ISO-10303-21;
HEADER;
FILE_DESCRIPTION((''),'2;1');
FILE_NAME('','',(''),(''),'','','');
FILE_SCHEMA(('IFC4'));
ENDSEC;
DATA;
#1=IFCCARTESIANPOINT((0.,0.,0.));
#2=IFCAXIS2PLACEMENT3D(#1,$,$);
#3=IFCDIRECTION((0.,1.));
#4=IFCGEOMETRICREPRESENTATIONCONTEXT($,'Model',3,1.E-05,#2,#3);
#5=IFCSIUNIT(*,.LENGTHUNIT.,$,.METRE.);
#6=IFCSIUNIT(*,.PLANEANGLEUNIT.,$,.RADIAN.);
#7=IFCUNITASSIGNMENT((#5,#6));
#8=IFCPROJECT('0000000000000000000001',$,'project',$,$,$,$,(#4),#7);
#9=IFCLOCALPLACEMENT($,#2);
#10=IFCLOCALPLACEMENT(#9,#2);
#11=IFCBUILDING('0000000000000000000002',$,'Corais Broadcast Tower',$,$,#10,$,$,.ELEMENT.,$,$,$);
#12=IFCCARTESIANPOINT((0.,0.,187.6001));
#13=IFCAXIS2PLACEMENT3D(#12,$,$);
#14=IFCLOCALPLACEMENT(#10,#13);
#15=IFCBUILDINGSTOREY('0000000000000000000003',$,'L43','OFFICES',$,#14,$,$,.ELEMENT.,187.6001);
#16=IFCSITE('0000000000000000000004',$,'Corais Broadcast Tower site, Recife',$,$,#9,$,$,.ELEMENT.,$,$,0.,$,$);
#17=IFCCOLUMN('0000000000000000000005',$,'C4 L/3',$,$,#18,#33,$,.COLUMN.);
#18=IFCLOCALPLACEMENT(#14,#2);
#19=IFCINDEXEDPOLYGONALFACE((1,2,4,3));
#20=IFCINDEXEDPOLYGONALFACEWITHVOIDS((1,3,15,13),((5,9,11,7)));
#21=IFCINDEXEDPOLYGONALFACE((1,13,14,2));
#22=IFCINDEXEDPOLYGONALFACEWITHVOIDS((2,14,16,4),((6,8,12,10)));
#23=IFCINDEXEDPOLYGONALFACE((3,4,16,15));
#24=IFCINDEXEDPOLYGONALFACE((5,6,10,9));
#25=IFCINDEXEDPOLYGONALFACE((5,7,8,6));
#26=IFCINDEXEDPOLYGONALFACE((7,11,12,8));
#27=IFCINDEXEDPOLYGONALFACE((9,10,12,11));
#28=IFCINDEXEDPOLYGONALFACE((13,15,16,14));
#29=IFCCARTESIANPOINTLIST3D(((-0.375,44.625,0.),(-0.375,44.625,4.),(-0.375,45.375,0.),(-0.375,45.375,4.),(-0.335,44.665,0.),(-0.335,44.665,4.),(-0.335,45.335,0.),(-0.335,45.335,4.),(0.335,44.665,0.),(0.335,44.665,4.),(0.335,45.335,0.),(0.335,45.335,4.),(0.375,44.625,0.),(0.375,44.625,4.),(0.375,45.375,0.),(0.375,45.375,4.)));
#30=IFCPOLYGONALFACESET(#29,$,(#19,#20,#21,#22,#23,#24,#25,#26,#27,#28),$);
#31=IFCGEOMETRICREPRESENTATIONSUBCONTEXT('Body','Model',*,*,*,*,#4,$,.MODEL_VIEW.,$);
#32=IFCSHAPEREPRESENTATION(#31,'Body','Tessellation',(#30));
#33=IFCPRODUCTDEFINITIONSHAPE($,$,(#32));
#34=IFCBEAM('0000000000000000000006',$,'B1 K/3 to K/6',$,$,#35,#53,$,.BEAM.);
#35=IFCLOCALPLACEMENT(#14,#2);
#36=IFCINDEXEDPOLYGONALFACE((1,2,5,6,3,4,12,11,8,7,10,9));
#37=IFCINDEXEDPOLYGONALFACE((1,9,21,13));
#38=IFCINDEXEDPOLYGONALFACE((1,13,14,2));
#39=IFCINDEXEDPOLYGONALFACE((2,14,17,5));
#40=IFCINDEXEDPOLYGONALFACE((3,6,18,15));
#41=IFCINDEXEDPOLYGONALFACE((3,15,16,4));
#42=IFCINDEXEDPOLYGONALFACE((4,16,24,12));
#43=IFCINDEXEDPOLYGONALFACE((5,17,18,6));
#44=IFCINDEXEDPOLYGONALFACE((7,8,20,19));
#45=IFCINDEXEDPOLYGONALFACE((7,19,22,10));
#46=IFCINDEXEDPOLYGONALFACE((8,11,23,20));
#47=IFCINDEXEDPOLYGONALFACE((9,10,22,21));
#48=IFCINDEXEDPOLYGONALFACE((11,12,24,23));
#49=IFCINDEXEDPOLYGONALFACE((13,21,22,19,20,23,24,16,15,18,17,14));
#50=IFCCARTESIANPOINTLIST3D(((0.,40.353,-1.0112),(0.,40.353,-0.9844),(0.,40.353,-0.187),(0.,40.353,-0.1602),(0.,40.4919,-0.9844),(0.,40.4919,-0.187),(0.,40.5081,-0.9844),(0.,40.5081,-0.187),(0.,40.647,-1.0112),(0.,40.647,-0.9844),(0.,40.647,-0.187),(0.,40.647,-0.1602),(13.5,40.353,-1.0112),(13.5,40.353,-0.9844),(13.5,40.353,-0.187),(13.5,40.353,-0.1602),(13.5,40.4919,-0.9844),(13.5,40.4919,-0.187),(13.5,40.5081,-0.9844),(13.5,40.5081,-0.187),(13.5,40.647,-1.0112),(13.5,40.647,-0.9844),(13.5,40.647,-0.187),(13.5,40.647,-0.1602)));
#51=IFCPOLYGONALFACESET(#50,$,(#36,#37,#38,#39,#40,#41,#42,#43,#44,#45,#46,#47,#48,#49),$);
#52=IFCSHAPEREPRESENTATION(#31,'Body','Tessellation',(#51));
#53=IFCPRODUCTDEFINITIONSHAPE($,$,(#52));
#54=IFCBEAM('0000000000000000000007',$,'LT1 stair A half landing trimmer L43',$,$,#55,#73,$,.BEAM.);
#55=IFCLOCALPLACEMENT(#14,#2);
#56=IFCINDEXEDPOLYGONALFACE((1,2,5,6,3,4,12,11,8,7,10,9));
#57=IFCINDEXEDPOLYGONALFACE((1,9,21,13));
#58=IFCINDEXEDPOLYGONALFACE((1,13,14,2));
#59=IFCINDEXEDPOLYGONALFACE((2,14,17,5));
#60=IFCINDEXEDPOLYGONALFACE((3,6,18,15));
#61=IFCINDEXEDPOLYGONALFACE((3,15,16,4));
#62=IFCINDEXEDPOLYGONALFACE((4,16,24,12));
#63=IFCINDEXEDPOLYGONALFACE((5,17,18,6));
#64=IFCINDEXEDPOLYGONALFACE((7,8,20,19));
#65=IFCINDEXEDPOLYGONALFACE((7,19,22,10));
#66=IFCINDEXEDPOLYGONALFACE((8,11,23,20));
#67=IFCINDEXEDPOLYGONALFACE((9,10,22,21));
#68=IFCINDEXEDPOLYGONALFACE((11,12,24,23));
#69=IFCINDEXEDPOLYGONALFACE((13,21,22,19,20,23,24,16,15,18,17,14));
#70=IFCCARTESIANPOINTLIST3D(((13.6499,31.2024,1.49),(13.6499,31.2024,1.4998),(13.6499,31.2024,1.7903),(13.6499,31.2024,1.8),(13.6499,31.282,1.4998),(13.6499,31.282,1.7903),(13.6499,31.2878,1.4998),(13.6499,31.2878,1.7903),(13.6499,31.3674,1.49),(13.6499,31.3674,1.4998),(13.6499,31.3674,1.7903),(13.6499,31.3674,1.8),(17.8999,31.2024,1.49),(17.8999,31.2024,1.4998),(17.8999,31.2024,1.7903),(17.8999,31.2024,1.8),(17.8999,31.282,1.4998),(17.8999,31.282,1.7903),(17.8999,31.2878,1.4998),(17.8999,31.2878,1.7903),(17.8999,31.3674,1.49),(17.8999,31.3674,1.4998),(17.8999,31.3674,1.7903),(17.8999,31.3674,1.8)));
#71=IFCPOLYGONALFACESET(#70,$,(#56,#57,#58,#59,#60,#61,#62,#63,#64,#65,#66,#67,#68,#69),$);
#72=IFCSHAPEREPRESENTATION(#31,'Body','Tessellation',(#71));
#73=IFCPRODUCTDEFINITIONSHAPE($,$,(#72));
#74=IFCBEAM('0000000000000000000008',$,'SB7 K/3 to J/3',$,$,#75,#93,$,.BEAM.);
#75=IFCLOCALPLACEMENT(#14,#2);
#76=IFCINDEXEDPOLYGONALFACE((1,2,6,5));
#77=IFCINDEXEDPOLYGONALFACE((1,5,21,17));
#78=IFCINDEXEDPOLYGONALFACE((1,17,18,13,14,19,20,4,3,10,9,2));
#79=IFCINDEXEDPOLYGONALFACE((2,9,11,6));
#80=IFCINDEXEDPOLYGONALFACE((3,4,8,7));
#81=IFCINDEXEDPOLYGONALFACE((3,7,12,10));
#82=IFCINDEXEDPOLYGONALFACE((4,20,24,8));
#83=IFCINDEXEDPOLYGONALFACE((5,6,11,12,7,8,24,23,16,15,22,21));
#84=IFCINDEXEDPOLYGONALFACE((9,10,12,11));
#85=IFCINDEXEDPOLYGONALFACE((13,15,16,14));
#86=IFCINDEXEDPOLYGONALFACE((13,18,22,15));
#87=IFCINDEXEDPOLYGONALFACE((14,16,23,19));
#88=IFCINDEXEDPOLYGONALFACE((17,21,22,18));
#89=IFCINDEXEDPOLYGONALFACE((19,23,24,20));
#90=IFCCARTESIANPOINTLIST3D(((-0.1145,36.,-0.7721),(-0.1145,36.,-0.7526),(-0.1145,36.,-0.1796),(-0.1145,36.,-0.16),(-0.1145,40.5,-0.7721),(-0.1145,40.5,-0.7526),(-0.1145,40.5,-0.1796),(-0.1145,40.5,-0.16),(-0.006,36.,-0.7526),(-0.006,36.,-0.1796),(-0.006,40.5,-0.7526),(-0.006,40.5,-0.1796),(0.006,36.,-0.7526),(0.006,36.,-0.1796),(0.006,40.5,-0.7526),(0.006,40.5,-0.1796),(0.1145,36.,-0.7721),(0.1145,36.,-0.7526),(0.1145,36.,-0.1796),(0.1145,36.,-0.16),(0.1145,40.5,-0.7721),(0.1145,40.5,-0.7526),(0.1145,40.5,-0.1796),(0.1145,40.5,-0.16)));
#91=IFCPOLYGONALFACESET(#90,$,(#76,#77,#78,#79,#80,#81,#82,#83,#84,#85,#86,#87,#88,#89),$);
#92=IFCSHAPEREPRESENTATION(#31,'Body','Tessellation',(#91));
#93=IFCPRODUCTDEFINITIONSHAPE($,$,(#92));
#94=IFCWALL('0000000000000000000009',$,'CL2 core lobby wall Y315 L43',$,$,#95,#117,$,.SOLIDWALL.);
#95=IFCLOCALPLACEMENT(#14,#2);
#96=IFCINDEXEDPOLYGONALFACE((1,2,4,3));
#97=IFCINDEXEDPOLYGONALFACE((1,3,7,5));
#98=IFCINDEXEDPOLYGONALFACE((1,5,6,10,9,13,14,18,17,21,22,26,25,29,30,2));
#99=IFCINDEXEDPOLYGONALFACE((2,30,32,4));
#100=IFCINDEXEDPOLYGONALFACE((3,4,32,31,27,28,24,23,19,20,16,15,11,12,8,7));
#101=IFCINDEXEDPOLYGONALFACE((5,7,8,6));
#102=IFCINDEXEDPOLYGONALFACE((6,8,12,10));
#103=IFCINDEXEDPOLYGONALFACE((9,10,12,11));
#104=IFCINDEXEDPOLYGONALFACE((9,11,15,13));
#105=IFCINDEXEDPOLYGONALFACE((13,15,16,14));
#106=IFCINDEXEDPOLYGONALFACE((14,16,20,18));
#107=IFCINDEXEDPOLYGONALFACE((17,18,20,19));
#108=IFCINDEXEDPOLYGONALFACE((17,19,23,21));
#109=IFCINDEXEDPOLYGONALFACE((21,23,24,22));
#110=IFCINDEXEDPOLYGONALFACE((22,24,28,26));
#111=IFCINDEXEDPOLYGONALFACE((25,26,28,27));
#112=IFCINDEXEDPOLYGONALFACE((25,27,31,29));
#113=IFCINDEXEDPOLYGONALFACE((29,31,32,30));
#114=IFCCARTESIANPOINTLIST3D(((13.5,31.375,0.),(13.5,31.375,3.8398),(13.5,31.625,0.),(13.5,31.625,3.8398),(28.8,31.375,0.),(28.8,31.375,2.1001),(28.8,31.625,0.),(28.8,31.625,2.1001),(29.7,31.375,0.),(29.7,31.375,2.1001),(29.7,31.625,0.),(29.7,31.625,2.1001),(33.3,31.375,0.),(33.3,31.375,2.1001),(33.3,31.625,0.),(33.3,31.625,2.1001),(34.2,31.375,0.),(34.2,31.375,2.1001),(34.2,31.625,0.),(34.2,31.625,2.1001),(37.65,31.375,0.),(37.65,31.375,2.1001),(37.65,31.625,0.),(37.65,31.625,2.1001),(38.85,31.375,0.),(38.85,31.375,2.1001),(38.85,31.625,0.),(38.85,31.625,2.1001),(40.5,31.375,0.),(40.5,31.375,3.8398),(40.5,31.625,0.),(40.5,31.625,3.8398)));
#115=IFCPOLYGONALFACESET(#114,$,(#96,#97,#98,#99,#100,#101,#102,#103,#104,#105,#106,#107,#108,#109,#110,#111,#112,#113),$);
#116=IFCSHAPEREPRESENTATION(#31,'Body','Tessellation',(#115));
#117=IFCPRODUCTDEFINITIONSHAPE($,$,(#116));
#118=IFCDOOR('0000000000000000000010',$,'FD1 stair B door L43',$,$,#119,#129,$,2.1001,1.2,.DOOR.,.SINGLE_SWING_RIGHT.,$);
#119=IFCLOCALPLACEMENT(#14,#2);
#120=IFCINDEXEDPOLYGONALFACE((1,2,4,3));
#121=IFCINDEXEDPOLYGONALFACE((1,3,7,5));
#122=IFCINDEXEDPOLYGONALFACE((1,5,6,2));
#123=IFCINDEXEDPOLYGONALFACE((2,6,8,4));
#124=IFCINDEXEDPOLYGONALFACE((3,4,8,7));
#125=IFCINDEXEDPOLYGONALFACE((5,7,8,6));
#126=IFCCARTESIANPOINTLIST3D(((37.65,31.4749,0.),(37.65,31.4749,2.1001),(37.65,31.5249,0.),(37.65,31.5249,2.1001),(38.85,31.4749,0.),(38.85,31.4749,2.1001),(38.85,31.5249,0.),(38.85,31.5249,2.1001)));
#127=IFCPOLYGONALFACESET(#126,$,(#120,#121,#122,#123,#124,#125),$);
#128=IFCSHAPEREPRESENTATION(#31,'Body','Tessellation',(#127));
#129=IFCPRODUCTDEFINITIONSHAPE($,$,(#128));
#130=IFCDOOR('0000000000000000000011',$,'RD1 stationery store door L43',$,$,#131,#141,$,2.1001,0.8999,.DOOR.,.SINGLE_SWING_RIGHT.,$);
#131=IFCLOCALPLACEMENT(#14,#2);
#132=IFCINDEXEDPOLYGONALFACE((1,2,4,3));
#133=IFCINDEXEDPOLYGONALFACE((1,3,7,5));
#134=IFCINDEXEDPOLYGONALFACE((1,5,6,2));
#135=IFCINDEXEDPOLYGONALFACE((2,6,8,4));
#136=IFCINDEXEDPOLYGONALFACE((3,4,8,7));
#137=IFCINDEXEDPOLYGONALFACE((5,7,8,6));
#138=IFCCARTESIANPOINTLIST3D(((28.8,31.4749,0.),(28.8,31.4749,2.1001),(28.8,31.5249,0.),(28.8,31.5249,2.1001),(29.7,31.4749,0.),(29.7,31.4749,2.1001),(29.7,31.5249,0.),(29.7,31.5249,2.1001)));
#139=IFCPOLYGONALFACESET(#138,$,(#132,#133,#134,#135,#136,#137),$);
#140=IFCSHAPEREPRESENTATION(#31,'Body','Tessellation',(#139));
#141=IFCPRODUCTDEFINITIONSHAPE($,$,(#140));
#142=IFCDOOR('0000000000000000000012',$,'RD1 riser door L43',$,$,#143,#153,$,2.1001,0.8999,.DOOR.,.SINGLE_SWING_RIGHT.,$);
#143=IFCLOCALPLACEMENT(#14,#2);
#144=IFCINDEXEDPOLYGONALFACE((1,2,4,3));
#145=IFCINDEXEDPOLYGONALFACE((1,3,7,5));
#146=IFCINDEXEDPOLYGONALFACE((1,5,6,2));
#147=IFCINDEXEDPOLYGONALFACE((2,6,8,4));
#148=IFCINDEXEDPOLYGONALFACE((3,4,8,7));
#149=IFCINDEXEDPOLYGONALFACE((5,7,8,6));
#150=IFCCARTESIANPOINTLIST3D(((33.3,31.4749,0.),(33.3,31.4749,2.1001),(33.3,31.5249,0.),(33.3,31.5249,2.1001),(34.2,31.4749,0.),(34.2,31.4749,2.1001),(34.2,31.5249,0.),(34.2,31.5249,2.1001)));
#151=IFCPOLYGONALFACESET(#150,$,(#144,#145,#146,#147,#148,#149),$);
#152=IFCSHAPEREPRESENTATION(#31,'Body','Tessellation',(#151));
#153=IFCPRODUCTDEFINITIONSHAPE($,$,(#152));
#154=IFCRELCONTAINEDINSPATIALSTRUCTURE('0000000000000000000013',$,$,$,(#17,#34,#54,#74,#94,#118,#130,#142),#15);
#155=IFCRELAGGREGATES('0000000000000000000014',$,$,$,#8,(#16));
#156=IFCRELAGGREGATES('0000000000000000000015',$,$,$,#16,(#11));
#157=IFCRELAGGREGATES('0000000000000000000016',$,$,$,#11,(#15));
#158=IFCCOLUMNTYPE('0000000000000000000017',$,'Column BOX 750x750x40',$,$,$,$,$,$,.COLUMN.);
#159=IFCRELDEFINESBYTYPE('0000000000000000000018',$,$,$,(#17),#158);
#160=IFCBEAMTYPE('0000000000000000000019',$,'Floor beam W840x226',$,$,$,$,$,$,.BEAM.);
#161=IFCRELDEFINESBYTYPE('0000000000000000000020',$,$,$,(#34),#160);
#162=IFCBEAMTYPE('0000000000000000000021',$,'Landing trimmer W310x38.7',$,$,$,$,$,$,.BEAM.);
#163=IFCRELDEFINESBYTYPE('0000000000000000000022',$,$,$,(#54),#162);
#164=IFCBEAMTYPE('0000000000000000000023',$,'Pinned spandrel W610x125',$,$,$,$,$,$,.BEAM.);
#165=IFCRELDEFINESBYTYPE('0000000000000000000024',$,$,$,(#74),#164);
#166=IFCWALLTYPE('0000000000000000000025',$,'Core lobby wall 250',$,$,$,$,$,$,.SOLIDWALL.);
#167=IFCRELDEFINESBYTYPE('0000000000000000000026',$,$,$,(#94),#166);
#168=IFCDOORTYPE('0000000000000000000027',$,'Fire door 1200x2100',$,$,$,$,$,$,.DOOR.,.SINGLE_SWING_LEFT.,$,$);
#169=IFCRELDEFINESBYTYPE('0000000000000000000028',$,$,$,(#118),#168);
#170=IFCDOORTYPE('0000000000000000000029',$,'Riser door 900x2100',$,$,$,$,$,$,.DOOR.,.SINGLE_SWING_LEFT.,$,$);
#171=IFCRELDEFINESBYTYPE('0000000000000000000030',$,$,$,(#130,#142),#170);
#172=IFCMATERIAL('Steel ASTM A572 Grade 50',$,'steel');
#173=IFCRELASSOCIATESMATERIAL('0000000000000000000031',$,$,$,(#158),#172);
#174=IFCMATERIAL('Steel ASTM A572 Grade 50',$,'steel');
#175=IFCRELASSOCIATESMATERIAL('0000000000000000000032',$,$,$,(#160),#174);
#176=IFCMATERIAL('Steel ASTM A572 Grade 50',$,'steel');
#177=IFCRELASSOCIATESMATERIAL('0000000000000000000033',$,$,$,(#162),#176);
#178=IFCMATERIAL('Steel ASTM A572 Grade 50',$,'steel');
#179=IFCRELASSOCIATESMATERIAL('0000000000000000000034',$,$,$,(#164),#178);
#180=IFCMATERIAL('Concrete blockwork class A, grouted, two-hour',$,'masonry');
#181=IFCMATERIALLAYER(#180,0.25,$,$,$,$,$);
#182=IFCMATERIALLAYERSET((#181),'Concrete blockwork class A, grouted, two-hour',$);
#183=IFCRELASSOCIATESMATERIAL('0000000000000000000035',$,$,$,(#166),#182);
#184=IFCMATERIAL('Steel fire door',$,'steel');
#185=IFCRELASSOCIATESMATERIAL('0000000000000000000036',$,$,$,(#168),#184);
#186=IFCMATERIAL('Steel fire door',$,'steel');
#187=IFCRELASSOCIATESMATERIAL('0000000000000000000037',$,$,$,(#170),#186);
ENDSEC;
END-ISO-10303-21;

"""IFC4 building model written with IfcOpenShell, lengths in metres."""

from ifc_helpers import new_model, si_unit, direction, frame, frame_2d, origin, origin_2d, place, context, subcontext, project, spatial, rectangle, hollow_rectangle, i_section, extrude, material, layer, layer_set, material_profile, profile_set, type_object, element, fill, save


model = new_model("IFC4")

# Units and contexts
model_context = context("Model", 3, precision=1e-05, world=origin(), true_north=direction((0.0, 1.0)))
body_context = subcontext(model_context, "Body", "Model", "MODEL_VIEW")
ifc_project = project(units=[si_unit("LENGTHUNIT", "METRE"), si_unit("PLANEANGLEUNIT", "RADIAN")], contexts=[model_context])

# Site, building, storey
site_placement = place(None, origin())
site = spatial("IfcSite", under=ifc_project, at=site_placement, Name="Corais Broadcast Tower site, Recife", CompositionType="ELEMENT", RefElevation=0.0)
building_placement = place(site_placement, origin())
building = spatial("IfcBuilding", under=site, at=building_placement, Name="Corais Broadcast Tower", CompositionType="ELEMENT")
storey_placement = place(building_placement, frame((0.0, 0.0, 187.6001)))
storey = spatial("IfcBuildingStorey", under=building, at=storey_placement, Name="L43", Description="OFFICES", CompositionType="ELEMENT", Elevation=187.6001)

# Column
ifc_material_1 = material(Name="Steel ASTM A572 Grade 50", Category="steel")
ifc_material_profile_1 = material_profile(ifc_material_1, hollow_rectangle(XDim=0.75, YDim=0.75, WallThickness=0.04, at=origin_2d()), Name="BOX 750x750x40")
ifc_profile_set_1 = profile_set([ifc_material_profile_1], Name="Steel ASTM A572 Grade 50")
column_type = type_object("IfcColumnType", Name="Column BOX 750x750x40", PredefinedType="COLUMN", material=ifc_profile_set_1)
column_placement = place(storey_placement, frame((0.0, 45.0, 0.0), z_axis=(0.0, 0.0, 1.0), x_axis=(1.0, 0.0, 0.0)))
element("IfcColumn", 1, at=column_placement, inside=storey, type_object=column_type, Name="C4 L/3", PredefinedType="COLUMN", context=body_context, shape_type="SweptSolid", body=[
    extrude(hollow_rectangle(XDim=0.75, YDim=0.75, WallThickness=0.04, at=origin_2d()), origin(), (0.0, 0.0, 1.0), 4.0),
])

# Beams
ifc_material_2 = material(Name="Steel ASTM A572 Grade 50", Category="steel")
ifc_material_profile_2 = material_profile(ifc_material_2, i_section(OverallWidth=0.2939, OverallDepth=0.8511, WebThickness=0.0161, FlangeThickness=0.0269, at=origin_2d()), Name="W840x226")
ifc_profile_set_2 = profile_set([ifc_material_profile_2], Name="Steel ASTM A572 Grade 50")
beam_type_1 = type_object("IfcBeamType", Name="Floor beam W840x226", PredefinedType="BEAM", material=ifc_profile_set_2)
beam_1_placement = place(storey_placement, frame((0.0, 40.5, -0.5857), z_axis=(1.0, 0.0, 0.0), x_axis=(0.0, 1.0, 0.0)))
element("IfcBeam", 2, at=beam_1_placement, inside=storey, type_object=beam_type_1, Name="B1 K/3 to K/6", PredefinedType="BEAM", context=body_context, shape_type="SweptSolid", body=[
    extrude(i_section(OverallWidth=0.2939, OverallDepth=0.8511, WebThickness=0.0161, FlangeThickness=0.0269, at=origin_2d()), origin(), (0.0, 0.0, 1.0), 13.5),
])
ifc_material_3 = material(Name="Steel ASTM A572 Grade 50", Category="steel")
ifc_material_profile_3 = material_profile(ifc_material_3, i_section(OverallWidth=0.165, OverallDepth=0.3101, WebThickness=0.0059, FlangeThickness=0.0098, at=origin_2d()), Name="W310x38.7")
ifc_profile_set_3 = profile_set([ifc_material_profile_3], Name="Steel ASTM A572 Grade 50")
beam_type_2 = type_object("IfcBeamType", Name="Landing trimmer W310x38.7", PredefinedType="BEAM", material=ifc_profile_set_3)
beam_2_placement = place(storey_placement, frame((13.6499, 31.2849, 1.645), z_axis=(1.0, 0.0, 0.0), x_axis=(0.0, 1.0, 0.0)))
element("IfcBeam", 3, at=beam_2_placement, inside=storey, type_object=beam_type_2, Name="LT1 stair A half landing trimmer L43", PredefinedType="BEAM", context=body_context, shape_type="SweptSolid", body=[
    extrude(i_section(OverallWidth=0.165, OverallDepth=0.3101, WebThickness=0.0059, FlangeThickness=0.0098, at=origin_2d()), origin(), (0.0, 0.0, 1.0), 4.25),
])
ifc_material_4 = material(Name="Steel ASTM A572 Grade 50", Category="steel")
ifc_material_profile_4 = material_profile(ifc_material_4, i_section(OverallWidth=0.229, OverallDepth=0.6121, WebThickness=0.012, FlangeThickness=0.0195, at=origin_2d()), Name="W610x125")
ifc_profile_set_4 = profile_set([ifc_material_profile_4], Name="Steel ASTM A572 Grade 50")
beam_type_3 = type_object("IfcBeamType", Name="Pinned spandrel W610x125", PredefinedType="BEAM", material=ifc_profile_set_4)
beam_3_placement = place(storey_placement, frame((0.0, 40.5, -0.4661), z_axis=(0.0, -1.0, 0.0), x_axis=(1.0, 0.0, 0.0)))
element("IfcBeam", 4, at=beam_3_placement, inside=storey, type_object=beam_type_3, Name="SB7 K/3 to J/3", PredefinedType="BEAM", context=body_context, shape_type="SweptSolid", body=[
    extrude(i_section(OverallWidth=0.229, OverallDepth=0.6121, WebThickness=0.012, FlangeThickness=0.0195, at=origin_2d()), origin(), (0.0, 0.0, 1.0), 4.5),
])

# Wall, openings, doors
ifc_material_5 = material(Name="Concrete blockwork class A, grouted, two-hour", Category="masonry")
ifc_layer_1 = layer(ifc_material_5, 0.25)
ifc_layer_set_1 = layer_set([ifc_layer_1], Name="Concrete blockwork class A, grouted, two-hour")
wall_type_1 = type_object("IfcWallType", Name="Core lobby wall 250", PredefinedType="SOLIDWALL", material=ifc_layer_set_1)
wall_1_placement = place(storey_placement, frame((13.5, 31.5, 0.0), z_axis=(0.0, 0.0, 1.0), x_axis=(1.0, 0.0, 0.0)))
wall_1 = element("IfcWall", 5, at=wall_1_placement, inside=storey, type_object=wall_type_1, Name="CL2 core lobby wall Y315 L43", PredefinedType="SOLIDWALL", context=body_context, shape_type="SweptSolid", body=[
    extrude(rectangle(XDim=27.0, YDim=0.25, at=frame_2d((13.5, 0.0))), origin(), (0.0, 0.0, 1.0), 3.8398),
])
opening_1_placement = place(wall_1_placement, frame((24.1499, 0.0, 0.0)))
opening_1 = element("IfcOpeningElement", 6, at=opening_1_placement, cuts=wall_1, PredefinedType="OPENING", context=body_context, shape_type="SweptSolid", body=[
    extrude(rectangle(XDim=1.2, YDim=2.1001, at=frame_2d((0.6001, 1.05))), frame((0.0, 0.135, 0.0), z_axis=(0.0, -1.0, 0.0), x_axis=(1.0, 0.0, 0.0)), (0.0, 0.0, 1.0), 0.27),
])
opening_2_placement = place(wall_1_placement, frame((15.3, 0.0, 0.0)))
opening_2 = element("IfcOpeningElement", 7, at=opening_2_placement, cuts=wall_1, PredefinedType="OPENING", context=body_context, shape_type="SweptSolid", body=[
    extrude(rectangle(XDim=0.8999, YDim=2.1001, at=frame_2d((0.45, 1.05))), frame((0.0, 0.135, 0.0), z_axis=(0.0, -1.0, 0.0), x_axis=(1.0, 0.0, 0.0)), (0.0, 0.0, 1.0), 0.27),
])
opening_3_placement = place(wall_1_placement, frame((19.8, 0.0, 0.0)))
opening_3 = element("IfcOpeningElement", 8, at=opening_3_placement, cuts=wall_1, PredefinedType="OPENING", context=body_context, shape_type="SweptSolid", body=[
    extrude(rectangle(XDim=0.8999, YDim=2.1001, at=frame_2d((0.45, 1.05))), frame((0.0, 0.135, 0.0), z_axis=(0.0, -1.0, 0.0), x_axis=(1.0, 0.0, 0.0)), (0.0, 0.0, 1.0), 0.27),
])
ifc_material_6 = material(Name="Steel fire door", Category="steel")
door_type_1 = type_object("IfcDoorType", Name="Fire door 1200x2100", OperationType="SINGLE_SWING_LEFT", PredefinedType="DOOR", material=ifc_material_6)
door_1_placement = place(opening_1_placement, origin())
door_1 = element("IfcDoor", 9, at=door_1_placement, inside=storey, type_object=door_type_1, Name="FD1 stair B door L43", OperationType="SINGLE_SWING_RIGHT", OverallHeight=2.1001, OverallWidth=1.2, PredefinedType="DOOR", context=body_context, shape_type="SweptSolid", body=[
    extrude(rectangle(XDim=1.2, YDim=2.1001, at=frame_2d((0.6001, 1.05))), frame((0.0, 0.0249, 0.0), z_axis=(0.0, -1.0, 0.0), x_axis=(1.0, 0.0, 0.0)), (0.0, 0.0, 1.0), 0.05),
])
fill(opening_1, door_1)
ifc_material_7 = material(Name="Steel fire door", Category="steel")
door_type_2 = type_object("IfcDoorType", Name="Riser door 900x2100", OperationType="SINGLE_SWING_LEFT", PredefinedType="DOOR", material=ifc_material_7)
door_2_placement = place(opening_2_placement, origin())
door_2 = element("IfcDoor", 10, at=door_2_placement, inside=storey, type_object=door_type_2, Name="RD1 stationery store door L43", OperationType="SINGLE_SWING_RIGHT", OverallHeight=2.1001, OverallWidth=0.8999, PredefinedType="DOOR", context=body_context, shape_type="SweptSolid", body=[
    extrude(rectangle(XDim=0.8999, YDim=2.1001, at=frame_2d((0.45, 1.05))), frame((0.0, 0.0249, 0.0), z_axis=(0.0, -1.0, 0.0), x_axis=(1.0, 0.0, 0.0)), (0.0, 0.0, 1.0), 0.05),
])
fill(opening_2, door_2)
door_3_placement = place(opening_3_placement, origin())
door_3 = element("IfcDoor", 11, at=door_3_placement, inside=storey, type_object=door_type_2, Name="RD1 riser door L43", OperationType="SINGLE_SWING_RIGHT", OverallHeight=2.1001, OverallWidth=0.8999, PredefinedType="DOOR", context=body_context, shape_type="SweptSolid", body=[
    extrude(rectangle(XDim=0.8999, YDim=2.1001, at=frame_2d((0.45, 1.05))), frame((0.0, 0.0249, 0.0), z_axis=(0.0, -1.0, 0.0), x_axis=(1.0, 0.0, 0.0)), (0.0, 0.0, 1.0), 0.05),
])
fill(opening_3, door_3)

save(model, "model.ifc")
